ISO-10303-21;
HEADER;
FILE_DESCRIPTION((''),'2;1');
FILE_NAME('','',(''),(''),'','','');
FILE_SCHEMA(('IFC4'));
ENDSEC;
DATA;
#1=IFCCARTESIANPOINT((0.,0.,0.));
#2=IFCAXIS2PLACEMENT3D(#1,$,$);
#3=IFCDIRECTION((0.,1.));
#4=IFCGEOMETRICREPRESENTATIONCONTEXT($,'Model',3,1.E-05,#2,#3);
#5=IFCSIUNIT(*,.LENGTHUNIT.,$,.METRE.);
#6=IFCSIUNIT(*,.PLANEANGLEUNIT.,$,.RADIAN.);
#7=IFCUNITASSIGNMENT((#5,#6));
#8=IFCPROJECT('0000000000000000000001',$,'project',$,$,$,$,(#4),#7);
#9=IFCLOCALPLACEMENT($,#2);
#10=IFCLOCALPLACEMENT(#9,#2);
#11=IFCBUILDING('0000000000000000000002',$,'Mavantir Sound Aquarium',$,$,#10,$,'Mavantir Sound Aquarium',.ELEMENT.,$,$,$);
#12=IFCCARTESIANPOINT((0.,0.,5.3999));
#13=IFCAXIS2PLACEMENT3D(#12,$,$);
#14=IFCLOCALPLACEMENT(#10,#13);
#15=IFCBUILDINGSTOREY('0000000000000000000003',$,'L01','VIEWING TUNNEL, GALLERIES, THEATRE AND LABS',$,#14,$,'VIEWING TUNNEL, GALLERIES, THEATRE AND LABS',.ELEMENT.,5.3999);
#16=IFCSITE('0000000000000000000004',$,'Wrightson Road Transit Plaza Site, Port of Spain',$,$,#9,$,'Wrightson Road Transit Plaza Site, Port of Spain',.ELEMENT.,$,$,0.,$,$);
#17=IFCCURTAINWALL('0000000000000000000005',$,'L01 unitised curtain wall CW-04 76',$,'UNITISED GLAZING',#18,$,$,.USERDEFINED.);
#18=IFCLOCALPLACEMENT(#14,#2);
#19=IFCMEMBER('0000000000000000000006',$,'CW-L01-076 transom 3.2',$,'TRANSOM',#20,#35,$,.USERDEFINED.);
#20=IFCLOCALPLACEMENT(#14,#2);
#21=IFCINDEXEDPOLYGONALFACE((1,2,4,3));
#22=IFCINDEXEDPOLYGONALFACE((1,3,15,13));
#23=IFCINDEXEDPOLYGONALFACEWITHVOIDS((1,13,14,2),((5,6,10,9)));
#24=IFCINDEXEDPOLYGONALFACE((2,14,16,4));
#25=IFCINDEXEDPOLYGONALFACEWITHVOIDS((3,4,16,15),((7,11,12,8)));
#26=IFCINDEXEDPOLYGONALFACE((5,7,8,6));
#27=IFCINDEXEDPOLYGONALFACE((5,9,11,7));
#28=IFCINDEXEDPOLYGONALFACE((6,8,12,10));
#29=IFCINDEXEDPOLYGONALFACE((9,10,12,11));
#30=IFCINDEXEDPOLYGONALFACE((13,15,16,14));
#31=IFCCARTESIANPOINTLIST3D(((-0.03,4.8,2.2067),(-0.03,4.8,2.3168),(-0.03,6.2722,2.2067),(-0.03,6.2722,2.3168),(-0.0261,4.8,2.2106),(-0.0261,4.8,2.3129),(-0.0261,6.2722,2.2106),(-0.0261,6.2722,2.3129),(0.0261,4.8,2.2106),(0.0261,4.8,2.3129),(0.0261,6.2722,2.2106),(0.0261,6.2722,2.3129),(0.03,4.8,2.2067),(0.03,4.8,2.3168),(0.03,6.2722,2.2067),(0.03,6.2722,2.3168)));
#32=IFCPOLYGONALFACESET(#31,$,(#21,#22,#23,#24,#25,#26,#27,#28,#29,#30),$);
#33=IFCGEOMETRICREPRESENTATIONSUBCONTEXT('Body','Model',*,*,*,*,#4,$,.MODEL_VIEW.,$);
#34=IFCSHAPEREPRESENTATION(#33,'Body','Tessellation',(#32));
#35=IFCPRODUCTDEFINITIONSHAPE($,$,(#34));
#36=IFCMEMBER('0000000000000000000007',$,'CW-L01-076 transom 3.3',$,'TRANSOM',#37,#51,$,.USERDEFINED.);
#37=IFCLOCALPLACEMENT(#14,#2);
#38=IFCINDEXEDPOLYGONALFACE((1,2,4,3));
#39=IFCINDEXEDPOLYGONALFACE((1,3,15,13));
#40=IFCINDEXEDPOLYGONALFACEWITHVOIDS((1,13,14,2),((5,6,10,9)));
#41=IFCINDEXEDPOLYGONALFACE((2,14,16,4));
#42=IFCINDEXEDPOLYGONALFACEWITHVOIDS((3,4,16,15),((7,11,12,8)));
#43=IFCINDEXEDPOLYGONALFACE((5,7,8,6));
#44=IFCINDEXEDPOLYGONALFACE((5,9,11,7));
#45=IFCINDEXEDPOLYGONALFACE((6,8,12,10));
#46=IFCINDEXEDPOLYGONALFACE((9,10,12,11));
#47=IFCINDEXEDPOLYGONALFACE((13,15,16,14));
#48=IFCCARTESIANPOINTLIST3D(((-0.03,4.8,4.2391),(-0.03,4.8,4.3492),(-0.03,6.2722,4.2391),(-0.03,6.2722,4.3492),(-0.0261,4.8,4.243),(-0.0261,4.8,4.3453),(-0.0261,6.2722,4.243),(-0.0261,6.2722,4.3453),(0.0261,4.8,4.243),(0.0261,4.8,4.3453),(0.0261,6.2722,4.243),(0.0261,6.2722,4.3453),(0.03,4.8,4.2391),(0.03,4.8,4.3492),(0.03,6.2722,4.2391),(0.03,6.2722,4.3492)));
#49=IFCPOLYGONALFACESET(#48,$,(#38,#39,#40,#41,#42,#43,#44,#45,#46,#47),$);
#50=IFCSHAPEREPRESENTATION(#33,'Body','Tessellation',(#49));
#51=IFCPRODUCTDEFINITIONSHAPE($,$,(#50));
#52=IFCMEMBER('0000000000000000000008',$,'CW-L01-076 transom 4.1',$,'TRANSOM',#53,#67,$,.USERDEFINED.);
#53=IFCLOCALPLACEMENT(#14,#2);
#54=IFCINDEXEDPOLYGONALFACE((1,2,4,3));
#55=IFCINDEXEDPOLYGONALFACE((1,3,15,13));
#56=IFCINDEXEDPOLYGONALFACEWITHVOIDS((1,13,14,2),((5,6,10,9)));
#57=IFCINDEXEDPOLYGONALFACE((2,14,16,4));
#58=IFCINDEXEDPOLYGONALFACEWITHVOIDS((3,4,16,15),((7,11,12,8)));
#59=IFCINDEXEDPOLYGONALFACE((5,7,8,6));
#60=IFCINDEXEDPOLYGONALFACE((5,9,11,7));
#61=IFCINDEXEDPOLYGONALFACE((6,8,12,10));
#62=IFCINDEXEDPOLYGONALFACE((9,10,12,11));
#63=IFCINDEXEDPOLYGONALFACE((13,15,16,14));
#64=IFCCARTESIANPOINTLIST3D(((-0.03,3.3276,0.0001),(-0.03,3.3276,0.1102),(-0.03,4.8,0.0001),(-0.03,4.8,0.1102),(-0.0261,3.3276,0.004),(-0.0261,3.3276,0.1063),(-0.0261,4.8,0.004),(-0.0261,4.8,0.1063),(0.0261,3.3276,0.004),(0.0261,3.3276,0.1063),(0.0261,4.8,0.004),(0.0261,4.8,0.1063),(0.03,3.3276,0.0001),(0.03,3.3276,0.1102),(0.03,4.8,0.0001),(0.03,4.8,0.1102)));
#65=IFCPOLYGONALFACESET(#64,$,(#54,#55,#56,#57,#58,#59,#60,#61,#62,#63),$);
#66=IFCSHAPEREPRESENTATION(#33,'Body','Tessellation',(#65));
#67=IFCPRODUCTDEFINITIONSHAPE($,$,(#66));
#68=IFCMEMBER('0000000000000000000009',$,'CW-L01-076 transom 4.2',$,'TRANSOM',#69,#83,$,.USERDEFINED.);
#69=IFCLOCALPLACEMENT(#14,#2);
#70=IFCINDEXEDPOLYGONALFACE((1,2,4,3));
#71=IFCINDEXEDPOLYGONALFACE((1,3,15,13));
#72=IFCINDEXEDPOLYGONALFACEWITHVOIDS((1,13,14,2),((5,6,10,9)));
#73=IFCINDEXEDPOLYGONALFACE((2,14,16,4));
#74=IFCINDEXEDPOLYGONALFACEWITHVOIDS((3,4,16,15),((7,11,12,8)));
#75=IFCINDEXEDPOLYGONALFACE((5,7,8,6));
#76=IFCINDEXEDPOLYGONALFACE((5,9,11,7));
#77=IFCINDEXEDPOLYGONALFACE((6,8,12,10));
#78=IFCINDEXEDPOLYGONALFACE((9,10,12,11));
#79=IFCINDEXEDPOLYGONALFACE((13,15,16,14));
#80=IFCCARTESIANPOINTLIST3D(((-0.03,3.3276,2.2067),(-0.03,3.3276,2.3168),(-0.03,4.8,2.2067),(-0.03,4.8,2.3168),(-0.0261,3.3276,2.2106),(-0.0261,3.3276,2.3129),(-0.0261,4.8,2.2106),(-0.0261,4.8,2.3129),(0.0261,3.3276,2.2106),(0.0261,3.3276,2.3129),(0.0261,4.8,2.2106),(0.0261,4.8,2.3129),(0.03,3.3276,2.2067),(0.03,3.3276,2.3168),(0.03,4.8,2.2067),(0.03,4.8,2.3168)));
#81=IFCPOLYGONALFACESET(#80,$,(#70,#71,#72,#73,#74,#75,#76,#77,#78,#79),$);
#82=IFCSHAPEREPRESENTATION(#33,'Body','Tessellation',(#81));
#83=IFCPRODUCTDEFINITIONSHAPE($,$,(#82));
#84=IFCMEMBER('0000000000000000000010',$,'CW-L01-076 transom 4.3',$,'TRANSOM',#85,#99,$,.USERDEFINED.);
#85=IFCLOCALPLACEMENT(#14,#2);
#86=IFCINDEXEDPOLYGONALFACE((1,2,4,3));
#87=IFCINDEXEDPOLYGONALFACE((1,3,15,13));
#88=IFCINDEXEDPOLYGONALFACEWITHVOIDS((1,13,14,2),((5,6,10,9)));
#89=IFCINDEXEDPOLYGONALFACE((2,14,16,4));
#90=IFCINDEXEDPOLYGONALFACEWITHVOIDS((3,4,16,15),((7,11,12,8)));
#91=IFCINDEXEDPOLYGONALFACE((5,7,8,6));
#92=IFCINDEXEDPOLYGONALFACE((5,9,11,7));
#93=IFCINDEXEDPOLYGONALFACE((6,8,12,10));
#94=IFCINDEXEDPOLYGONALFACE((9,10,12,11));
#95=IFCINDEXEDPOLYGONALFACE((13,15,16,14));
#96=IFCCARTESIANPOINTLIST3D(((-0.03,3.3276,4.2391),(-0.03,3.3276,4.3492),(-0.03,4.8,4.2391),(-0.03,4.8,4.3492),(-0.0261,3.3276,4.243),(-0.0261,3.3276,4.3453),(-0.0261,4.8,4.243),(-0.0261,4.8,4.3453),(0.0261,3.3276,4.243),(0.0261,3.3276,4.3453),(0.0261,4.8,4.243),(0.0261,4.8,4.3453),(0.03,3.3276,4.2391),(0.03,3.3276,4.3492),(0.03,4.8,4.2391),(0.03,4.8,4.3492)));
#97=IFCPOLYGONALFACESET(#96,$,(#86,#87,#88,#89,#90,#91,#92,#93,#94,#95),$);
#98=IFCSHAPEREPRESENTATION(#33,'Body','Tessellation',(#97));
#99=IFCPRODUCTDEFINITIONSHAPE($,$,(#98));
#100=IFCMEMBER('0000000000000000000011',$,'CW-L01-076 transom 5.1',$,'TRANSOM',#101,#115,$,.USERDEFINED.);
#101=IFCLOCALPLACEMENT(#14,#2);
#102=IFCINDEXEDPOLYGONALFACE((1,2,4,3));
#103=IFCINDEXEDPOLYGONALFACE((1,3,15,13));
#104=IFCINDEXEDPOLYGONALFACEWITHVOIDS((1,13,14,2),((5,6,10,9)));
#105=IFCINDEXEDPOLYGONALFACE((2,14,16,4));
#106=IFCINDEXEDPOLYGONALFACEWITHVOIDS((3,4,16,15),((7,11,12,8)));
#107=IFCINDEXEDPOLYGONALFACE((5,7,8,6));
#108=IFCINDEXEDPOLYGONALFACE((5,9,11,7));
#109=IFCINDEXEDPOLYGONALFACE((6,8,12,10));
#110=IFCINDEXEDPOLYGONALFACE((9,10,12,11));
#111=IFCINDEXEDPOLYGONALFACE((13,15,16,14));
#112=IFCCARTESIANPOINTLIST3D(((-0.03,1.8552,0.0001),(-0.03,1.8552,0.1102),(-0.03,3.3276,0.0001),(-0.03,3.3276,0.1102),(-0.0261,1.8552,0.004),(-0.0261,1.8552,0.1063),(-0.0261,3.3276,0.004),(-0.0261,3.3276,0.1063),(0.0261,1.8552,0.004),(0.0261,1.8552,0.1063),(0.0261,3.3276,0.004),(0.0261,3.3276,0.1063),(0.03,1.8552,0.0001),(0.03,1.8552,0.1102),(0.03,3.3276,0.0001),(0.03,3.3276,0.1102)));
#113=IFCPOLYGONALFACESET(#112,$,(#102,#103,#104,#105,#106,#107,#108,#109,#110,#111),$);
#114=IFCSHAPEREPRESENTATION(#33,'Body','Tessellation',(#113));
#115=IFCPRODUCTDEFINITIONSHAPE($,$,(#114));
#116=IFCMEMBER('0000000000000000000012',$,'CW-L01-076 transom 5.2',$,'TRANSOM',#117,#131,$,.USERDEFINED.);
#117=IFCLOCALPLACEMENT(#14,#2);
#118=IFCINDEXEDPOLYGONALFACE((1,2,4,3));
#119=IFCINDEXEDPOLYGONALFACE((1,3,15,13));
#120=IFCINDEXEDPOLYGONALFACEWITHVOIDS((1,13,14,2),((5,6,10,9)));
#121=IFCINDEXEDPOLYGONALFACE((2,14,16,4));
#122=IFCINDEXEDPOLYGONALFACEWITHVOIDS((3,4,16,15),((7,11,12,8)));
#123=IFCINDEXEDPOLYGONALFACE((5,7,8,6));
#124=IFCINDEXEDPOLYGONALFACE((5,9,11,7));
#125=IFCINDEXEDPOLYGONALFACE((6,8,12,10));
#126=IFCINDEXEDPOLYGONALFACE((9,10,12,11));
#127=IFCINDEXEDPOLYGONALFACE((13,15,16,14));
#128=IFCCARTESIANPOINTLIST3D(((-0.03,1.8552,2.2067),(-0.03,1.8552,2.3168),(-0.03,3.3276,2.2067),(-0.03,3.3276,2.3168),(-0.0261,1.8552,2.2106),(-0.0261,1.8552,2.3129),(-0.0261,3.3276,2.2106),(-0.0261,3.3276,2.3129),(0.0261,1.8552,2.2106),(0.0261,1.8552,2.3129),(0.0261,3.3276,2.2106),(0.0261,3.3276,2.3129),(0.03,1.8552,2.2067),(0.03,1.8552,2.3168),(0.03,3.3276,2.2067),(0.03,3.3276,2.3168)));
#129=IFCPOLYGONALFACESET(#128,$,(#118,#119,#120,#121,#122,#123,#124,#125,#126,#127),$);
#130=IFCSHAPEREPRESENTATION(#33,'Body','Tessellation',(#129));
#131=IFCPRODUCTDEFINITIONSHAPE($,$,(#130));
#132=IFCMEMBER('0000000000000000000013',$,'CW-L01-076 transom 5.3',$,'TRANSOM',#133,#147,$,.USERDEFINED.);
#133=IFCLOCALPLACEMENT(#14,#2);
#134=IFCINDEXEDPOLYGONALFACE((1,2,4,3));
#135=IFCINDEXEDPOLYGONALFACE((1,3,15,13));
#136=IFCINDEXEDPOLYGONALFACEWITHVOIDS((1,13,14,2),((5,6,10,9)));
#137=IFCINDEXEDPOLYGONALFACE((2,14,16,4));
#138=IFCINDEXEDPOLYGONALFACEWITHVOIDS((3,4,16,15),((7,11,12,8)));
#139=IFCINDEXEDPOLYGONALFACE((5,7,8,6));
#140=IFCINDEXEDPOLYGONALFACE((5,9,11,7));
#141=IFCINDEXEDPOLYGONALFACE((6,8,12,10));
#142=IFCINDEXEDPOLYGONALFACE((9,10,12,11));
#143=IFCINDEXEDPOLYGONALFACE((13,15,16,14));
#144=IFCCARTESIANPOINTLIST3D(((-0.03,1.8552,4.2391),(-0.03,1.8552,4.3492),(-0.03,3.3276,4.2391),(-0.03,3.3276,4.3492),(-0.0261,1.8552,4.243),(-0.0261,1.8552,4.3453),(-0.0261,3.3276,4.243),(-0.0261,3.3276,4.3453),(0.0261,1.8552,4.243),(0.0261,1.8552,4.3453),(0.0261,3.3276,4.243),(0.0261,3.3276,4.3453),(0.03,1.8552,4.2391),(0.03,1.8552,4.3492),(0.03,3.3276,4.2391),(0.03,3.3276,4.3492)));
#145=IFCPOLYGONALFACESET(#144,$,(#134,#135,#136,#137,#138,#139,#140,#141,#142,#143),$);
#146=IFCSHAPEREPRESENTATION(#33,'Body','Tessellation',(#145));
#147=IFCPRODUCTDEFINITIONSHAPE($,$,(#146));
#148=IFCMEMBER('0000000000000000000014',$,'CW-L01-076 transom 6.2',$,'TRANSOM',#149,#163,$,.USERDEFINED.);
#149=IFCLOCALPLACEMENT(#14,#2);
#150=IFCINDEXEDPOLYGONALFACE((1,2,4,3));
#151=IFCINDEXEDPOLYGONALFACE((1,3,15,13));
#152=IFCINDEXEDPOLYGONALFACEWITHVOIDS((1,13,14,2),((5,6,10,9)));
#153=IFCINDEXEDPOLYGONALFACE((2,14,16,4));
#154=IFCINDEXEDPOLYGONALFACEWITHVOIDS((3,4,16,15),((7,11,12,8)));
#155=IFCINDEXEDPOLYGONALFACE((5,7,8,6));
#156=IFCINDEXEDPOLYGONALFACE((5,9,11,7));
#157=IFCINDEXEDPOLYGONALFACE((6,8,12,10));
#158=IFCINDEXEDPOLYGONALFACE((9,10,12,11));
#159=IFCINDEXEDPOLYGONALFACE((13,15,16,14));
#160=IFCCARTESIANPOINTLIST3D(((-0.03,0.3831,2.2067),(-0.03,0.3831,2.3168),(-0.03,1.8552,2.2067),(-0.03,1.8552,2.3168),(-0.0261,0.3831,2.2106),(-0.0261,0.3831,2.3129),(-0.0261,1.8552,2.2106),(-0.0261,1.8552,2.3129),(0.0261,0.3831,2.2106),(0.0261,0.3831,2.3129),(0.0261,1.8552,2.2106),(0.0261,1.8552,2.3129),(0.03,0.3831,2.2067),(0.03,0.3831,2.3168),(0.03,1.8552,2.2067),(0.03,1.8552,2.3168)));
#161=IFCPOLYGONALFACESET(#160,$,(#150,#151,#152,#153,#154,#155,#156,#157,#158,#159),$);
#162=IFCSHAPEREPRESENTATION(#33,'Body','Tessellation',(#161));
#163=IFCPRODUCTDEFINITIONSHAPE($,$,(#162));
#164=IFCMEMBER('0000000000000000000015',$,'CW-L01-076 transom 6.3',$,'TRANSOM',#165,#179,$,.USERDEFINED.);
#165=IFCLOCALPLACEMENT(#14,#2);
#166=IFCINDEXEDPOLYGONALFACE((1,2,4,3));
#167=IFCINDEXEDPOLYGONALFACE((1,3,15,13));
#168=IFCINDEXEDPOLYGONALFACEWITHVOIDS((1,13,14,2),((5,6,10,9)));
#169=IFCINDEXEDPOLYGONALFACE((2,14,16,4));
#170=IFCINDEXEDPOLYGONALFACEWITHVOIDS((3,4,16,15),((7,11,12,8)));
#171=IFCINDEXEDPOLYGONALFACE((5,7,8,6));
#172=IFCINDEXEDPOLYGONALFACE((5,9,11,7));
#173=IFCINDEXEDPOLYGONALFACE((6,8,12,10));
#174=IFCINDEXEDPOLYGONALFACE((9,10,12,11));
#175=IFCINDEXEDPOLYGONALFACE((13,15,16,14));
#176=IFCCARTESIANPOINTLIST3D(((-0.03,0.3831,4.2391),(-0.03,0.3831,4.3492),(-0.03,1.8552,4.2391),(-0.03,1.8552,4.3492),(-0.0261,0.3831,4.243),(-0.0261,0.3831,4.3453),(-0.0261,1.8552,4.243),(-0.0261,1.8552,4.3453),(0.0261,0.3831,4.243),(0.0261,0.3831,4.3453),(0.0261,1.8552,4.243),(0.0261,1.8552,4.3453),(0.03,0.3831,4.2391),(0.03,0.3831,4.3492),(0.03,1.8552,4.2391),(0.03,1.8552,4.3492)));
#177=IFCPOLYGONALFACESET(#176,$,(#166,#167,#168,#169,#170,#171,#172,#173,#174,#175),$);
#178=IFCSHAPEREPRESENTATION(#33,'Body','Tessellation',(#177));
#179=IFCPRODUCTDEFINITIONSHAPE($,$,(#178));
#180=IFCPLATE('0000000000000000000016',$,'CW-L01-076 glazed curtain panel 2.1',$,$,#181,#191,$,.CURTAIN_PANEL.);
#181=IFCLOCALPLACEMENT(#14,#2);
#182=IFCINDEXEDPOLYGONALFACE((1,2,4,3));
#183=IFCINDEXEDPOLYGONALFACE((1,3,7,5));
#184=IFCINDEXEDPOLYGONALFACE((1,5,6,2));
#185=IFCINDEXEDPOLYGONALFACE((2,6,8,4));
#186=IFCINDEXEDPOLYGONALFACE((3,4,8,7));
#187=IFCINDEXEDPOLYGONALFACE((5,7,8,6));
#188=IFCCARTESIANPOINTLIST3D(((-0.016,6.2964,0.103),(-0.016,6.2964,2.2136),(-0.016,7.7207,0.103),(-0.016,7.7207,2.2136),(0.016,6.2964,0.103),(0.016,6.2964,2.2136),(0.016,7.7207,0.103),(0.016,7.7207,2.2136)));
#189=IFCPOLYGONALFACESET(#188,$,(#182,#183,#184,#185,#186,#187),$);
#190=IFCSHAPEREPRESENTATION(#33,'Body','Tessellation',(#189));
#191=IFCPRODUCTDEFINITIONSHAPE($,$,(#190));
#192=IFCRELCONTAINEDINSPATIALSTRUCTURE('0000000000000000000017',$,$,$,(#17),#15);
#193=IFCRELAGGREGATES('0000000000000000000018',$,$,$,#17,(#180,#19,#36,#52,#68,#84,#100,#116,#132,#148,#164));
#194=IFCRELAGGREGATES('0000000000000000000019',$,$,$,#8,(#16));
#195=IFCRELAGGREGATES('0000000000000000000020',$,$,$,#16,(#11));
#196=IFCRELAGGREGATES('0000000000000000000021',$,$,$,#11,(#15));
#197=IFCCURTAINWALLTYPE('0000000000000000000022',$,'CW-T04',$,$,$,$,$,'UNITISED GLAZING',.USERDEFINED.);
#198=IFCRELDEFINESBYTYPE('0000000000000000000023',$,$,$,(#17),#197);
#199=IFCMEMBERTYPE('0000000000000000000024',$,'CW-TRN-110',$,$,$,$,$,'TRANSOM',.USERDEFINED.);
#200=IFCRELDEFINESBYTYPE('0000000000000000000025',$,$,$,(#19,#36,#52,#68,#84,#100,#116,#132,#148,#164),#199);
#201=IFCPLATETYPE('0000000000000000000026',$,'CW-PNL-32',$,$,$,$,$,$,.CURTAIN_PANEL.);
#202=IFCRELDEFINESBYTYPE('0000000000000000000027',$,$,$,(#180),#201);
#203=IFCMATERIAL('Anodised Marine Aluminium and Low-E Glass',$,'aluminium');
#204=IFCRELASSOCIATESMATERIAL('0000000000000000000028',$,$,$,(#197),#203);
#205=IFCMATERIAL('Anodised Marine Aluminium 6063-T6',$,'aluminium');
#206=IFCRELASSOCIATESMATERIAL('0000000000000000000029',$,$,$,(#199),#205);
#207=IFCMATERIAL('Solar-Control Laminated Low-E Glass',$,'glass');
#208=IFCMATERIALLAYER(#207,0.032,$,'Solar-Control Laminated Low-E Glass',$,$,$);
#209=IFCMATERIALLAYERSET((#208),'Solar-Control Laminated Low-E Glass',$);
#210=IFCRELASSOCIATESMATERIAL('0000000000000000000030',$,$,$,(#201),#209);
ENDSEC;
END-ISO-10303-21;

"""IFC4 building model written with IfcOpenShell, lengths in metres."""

from ifc_helpers import new_model, si_unit, direction, frame, origin, origin_2d, place, context, subcontext, project, spatial, rectangle, hollow_rectangle, extrude, material, layer, layer_set, material_profile, profile_set, type_object, element, aggregate, save


model = new_model("IFC4")

# Units and contexts
model_context = context("Model", 3, precision=1e-05, world=origin(), true_north=direction((0.0, 1.0)))
body_context = subcontext(model_context, "Body", "Model", "MODEL_VIEW")
ifc_project = project(units=[si_unit("LENGTHUNIT", "METRE"), si_unit("PLANEANGLEUNIT", "RADIAN")], contexts=[model_context])

# Site, building, storey
site_placement = place(None, origin())
site = spatial("IfcSite", under=ifc_project, at=site_placement, Name="Wrightson Road Transit Plaza Site, Port of Spain", LongName="Wrightson Road Transit Plaza Site, Port of Spain", CompositionType="ELEMENT", RefElevation=0.0)
building_placement = place(site_placement, origin())
building = spatial("IfcBuilding", under=site, at=building_placement, Name="Mavantir Sound Aquarium", LongName="Mavantir Sound Aquarium", CompositionType="ELEMENT")
storey_placement = place(building_placement, frame((0.0, 0.0, 5.3999)))
storey = spatial("IfcBuildingStorey", under=building, at=storey_placement, Name="L01", Description="VIEWING TUNNEL, GALLERIES, THEATRE AND LABS", LongName="VIEWING TUNNEL, GALLERIES, THEATRE AND LABS", CompositionType="ELEMENT", Elevation=5.3999)

# Curtain wall, members, plate
ifc_material_1 = material(Name="Anodised Marine Aluminium and Low-E Glass", Category="aluminium")
curtain_wall_type = type_object("IfcCurtainWallType", Name="CW-T04", ElementType="UNITISED GLAZING", PredefinedType="USERDEFINED", material=ifc_material_1)
curtain_wall_placement = place(storey_placement, origin())
curtain_wall = element("IfcCurtainWall", 1, at=curtain_wall_placement, inside=storey, type_object=curtain_wall_type, Name="L01 unitised curtain wall CW-04 76", ObjectType="UNITISED GLAZING", PredefinedType="USERDEFINED")
ifc_material_2 = material(Name="Anodised Marine Aluminium 6063-T6", Category="aluminium")
ifc_material_profile_1 = material_profile(ifc_material_2, hollow_rectangle(XDim=0.0601, YDim=0.1101, WallThickness=0.0039, at=origin_2d()), Name="ALU-TRANSOM-110X60")
ifc_profile_set_1 = profile_set([ifc_material_profile_1], Name="Anodised Marine Aluminium 6063-T6")
member_type_1 = type_object("IfcMemberType", Name="CW-TRN-110", ElementType="TRANSOM", PredefinedType="USERDEFINED", material=ifc_profile_set_1)
member_1_placement = place(storey_placement, frame((0.0, 6.2722, 2.2617), z_axis=(0.0, -1.0, 0.0), x_axis=(1.0, 0.0, 0.0)))
member_1 = element("IfcMember", 2, at=member_1_placement, type_object=member_type_1, Name="CW-L01-076 transom 3.2", ObjectType="TRANSOM", PredefinedType="USERDEFINED", context=body_context, shape_type="SweptSolid", body=[
    extrude(hollow_rectangle(XDim=0.0601, YDim=0.1101, WallThickness=0.0039, at=origin_2d()), origin(), (0.0, 0.0, 1.0), 1.4722),
])
member_2_placement = place(storey_placement, frame((0.0, 6.2722, 4.2942), z_axis=(0.0, -1.0, 0.0), x_axis=(1.0, 0.0, 0.0)))
member_2 = element("IfcMember", 3, at=member_2_placement, type_object=member_type_1, Name="CW-L01-076 transom 3.3", ObjectType="TRANSOM", PredefinedType="USERDEFINED", context=body_context, shape_type="SweptSolid", body=[
    extrude(hollow_rectangle(XDim=0.0601, YDim=0.1101, WallThickness=0.0039, at=origin_2d()), origin(), (0.0, 0.0, 1.0), 1.4722),
])
member_3_placement = place(storey_placement, frame((0.0, 4.8, 0.0552), z_axis=(0.0, -1.0, 0.0), x_axis=(1.0, 0.0, 0.0)))
member_3 = element("IfcMember", 4, at=member_3_placement, type_object=member_type_1, Name="CW-L01-076 transom 4.1", ObjectType="TRANSOM", PredefinedType="USERDEFINED", context=body_context, shape_type="SweptSolid", body=[
    extrude(hollow_rectangle(XDim=0.0601, YDim=0.1101, WallThickness=0.0039, at=origin_2d()), origin(), (0.0, 0.0, 1.0), 1.4724),
])
member_4_placement = place(storey_placement, frame((0.0, 4.8, 2.2617), z_axis=(0.0, -1.0, 0.0), x_axis=(1.0, 0.0, 0.0)))
member_4 = element("IfcMember", 5, at=member_4_placement, type_object=member_type_1, Name="CW-L01-076 transom 4.2", ObjectType="TRANSOM", PredefinedType="USERDEFINED", context=body_context, shape_type="SweptSolid", body=[
    extrude(hollow_rectangle(XDim=0.0601, YDim=0.1101, WallThickness=0.0039, at=origin_2d()), origin(), (0.0, 0.0, 1.0), 1.4724),
])
member_5_placement = place(storey_placement, frame((0.0, 4.8, 4.2942), z_axis=(0.0, -1.0, 0.0), x_axis=(1.0, 0.0, 0.0)))
member_5 = element("IfcMember", 6, at=member_5_placement, type_object=member_type_1, Name="CW-L01-076 transom 4.3", ObjectType="TRANSOM", PredefinedType="USERDEFINED", context=body_context, shape_type="SweptSolid", body=[
    extrude(hollow_rectangle(XDim=0.0601, YDim=0.1101, WallThickness=0.0039, at=origin_2d()), origin(), (0.0, 0.0, 1.0), 1.4724),
])
member_6_placement = place(storey_placement, frame((0.0, 3.3276, 0.0552), z_axis=(0.0, -1.0, 0.0), x_axis=(1.0, 0.0, 0.0)))
member_6 = element("IfcMember", 7, at=member_6_placement, type_object=member_type_1, Name="CW-L01-076 transom 5.1", ObjectType="TRANSOM", PredefinedType="USERDEFINED", context=body_context, shape_type="SweptSolid", body=[
    extrude(hollow_rectangle(XDim=0.0601, YDim=0.1101, WallThickness=0.0039, at=origin_2d()), origin(), (0.0, 0.0, 1.0), 1.4724),
])
member_7_placement = place(storey_placement, frame((0.0, 3.3276, 2.2617), z_axis=(0.0, -1.0, 0.0), x_axis=(1.0, 0.0, 0.0)))
member_7 = element("IfcMember", 8, at=member_7_placement, type_object=member_type_1, Name="CW-L01-076 transom 5.2", ObjectType="TRANSOM", PredefinedType="USERDEFINED", context=body_context, shape_type="SweptSolid", body=[
    extrude(hollow_rectangle(XDim=0.0601, YDim=0.1101, WallThickness=0.0039, at=origin_2d()), origin(), (0.0, 0.0, 1.0), 1.4724),
])
member_8_placement = place(storey_placement, frame((0.0, 3.3276, 4.2942), z_axis=(0.0, -1.0, 0.0), x_axis=(1.0, 0.0, 0.0)))
member_8 = element("IfcMember", 9, at=member_8_placement, type_object=member_type_1, Name="CW-L01-076 transom 5.3", ObjectType="TRANSOM", PredefinedType="USERDEFINED", context=body_context, shape_type="SweptSolid", body=[
    extrude(hollow_rectangle(XDim=0.0601, YDim=0.1101, WallThickness=0.0039, at=origin_2d()), origin(), (0.0, 0.0, 1.0), 1.4724),
])
member_9_placement = place(storey_placement, frame((0.0, 1.8552, 2.2617), z_axis=(0.0, -1.0, 0.0), x_axis=(1.0, 0.0, 0.0)))
member_9 = element("IfcMember", 10, at=member_9_placement, type_object=member_type_1, Name="CW-L01-076 transom 6.2", ObjectType="TRANSOM", PredefinedType="USERDEFINED", context=body_context, shape_type="SweptSolid", body=[
    extrude(hollow_rectangle(XDim=0.0601, YDim=0.1101, WallThickness=0.0039, at=origin_2d()), origin(), (0.0, 0.0, 1.0), 1.4722),
])
member_10_placement = place(storey_placement, frame((0.0, 1.8552, 4.2942), z_axis=(0.0, -1.0, 0.0), x_axis=(1.0, 0.0, 0.0)))
member_10 = element("IfcMember", 11, at=member_10_placement, type_object=member_type_1, Name="CW-L01-076 transom 6.3", ObjectType="TRANSOM", PredefinedType="USERDEFINED", context=body_context, shape_type="SweptSolid", body=[
    extrude(hollow_rectangle(XDim=0.0601, YDim=0.1101, WallThickness=0.0039, at=origin_2d()), origin(), (0.0, 0.0, 1.0), 1.4722),
])
ifc_material_3 = material(Name="Solar-Control Laminated Low-E Glass", Category="glass")
ifc_layer_1 = layer(ifc_material_3, 0.032, Name="Solar-Control Laminated Low-E Glass")
ifc_layer_set_1 = layer_set([ifc_layer_1], Name="Solar-Control Laminated Low-E Glass")
plate_type = type_object("IfcPlateType", Name="CW-PNL-32", PredefinedType="CURTAIN_PANEL", material=ifc_layer_set_1)
plate_1_placement = place(storey_placement, frame((0.0, 7.0085, 0.103), z_axis=(0.0, 0.0, 1.0), x_axis=(0.0, -1.0, 0.0)))
plate_1 = element("IfcPlate", 12, at=plate_1_placement, type_object=plate_type, Name="CW-L01-076 glazed curtain panel 2.1", PredefinedType="CURTAIN_PANEL", context=body_context, shape_type="SweptSolid", body=[
    extrude(rectangle(XDim=1.4243, YDim=0.032, at=origin_2d()), origin(), (0.0, 0.0, 1.0), 2.1106),
])
aggregate(curtain_wall, [plate_1, member_1, member_2, member_3, member_4, member_5, member_6, member_7, member_8, member_9, member_10])

save(model, "model.ifc")
